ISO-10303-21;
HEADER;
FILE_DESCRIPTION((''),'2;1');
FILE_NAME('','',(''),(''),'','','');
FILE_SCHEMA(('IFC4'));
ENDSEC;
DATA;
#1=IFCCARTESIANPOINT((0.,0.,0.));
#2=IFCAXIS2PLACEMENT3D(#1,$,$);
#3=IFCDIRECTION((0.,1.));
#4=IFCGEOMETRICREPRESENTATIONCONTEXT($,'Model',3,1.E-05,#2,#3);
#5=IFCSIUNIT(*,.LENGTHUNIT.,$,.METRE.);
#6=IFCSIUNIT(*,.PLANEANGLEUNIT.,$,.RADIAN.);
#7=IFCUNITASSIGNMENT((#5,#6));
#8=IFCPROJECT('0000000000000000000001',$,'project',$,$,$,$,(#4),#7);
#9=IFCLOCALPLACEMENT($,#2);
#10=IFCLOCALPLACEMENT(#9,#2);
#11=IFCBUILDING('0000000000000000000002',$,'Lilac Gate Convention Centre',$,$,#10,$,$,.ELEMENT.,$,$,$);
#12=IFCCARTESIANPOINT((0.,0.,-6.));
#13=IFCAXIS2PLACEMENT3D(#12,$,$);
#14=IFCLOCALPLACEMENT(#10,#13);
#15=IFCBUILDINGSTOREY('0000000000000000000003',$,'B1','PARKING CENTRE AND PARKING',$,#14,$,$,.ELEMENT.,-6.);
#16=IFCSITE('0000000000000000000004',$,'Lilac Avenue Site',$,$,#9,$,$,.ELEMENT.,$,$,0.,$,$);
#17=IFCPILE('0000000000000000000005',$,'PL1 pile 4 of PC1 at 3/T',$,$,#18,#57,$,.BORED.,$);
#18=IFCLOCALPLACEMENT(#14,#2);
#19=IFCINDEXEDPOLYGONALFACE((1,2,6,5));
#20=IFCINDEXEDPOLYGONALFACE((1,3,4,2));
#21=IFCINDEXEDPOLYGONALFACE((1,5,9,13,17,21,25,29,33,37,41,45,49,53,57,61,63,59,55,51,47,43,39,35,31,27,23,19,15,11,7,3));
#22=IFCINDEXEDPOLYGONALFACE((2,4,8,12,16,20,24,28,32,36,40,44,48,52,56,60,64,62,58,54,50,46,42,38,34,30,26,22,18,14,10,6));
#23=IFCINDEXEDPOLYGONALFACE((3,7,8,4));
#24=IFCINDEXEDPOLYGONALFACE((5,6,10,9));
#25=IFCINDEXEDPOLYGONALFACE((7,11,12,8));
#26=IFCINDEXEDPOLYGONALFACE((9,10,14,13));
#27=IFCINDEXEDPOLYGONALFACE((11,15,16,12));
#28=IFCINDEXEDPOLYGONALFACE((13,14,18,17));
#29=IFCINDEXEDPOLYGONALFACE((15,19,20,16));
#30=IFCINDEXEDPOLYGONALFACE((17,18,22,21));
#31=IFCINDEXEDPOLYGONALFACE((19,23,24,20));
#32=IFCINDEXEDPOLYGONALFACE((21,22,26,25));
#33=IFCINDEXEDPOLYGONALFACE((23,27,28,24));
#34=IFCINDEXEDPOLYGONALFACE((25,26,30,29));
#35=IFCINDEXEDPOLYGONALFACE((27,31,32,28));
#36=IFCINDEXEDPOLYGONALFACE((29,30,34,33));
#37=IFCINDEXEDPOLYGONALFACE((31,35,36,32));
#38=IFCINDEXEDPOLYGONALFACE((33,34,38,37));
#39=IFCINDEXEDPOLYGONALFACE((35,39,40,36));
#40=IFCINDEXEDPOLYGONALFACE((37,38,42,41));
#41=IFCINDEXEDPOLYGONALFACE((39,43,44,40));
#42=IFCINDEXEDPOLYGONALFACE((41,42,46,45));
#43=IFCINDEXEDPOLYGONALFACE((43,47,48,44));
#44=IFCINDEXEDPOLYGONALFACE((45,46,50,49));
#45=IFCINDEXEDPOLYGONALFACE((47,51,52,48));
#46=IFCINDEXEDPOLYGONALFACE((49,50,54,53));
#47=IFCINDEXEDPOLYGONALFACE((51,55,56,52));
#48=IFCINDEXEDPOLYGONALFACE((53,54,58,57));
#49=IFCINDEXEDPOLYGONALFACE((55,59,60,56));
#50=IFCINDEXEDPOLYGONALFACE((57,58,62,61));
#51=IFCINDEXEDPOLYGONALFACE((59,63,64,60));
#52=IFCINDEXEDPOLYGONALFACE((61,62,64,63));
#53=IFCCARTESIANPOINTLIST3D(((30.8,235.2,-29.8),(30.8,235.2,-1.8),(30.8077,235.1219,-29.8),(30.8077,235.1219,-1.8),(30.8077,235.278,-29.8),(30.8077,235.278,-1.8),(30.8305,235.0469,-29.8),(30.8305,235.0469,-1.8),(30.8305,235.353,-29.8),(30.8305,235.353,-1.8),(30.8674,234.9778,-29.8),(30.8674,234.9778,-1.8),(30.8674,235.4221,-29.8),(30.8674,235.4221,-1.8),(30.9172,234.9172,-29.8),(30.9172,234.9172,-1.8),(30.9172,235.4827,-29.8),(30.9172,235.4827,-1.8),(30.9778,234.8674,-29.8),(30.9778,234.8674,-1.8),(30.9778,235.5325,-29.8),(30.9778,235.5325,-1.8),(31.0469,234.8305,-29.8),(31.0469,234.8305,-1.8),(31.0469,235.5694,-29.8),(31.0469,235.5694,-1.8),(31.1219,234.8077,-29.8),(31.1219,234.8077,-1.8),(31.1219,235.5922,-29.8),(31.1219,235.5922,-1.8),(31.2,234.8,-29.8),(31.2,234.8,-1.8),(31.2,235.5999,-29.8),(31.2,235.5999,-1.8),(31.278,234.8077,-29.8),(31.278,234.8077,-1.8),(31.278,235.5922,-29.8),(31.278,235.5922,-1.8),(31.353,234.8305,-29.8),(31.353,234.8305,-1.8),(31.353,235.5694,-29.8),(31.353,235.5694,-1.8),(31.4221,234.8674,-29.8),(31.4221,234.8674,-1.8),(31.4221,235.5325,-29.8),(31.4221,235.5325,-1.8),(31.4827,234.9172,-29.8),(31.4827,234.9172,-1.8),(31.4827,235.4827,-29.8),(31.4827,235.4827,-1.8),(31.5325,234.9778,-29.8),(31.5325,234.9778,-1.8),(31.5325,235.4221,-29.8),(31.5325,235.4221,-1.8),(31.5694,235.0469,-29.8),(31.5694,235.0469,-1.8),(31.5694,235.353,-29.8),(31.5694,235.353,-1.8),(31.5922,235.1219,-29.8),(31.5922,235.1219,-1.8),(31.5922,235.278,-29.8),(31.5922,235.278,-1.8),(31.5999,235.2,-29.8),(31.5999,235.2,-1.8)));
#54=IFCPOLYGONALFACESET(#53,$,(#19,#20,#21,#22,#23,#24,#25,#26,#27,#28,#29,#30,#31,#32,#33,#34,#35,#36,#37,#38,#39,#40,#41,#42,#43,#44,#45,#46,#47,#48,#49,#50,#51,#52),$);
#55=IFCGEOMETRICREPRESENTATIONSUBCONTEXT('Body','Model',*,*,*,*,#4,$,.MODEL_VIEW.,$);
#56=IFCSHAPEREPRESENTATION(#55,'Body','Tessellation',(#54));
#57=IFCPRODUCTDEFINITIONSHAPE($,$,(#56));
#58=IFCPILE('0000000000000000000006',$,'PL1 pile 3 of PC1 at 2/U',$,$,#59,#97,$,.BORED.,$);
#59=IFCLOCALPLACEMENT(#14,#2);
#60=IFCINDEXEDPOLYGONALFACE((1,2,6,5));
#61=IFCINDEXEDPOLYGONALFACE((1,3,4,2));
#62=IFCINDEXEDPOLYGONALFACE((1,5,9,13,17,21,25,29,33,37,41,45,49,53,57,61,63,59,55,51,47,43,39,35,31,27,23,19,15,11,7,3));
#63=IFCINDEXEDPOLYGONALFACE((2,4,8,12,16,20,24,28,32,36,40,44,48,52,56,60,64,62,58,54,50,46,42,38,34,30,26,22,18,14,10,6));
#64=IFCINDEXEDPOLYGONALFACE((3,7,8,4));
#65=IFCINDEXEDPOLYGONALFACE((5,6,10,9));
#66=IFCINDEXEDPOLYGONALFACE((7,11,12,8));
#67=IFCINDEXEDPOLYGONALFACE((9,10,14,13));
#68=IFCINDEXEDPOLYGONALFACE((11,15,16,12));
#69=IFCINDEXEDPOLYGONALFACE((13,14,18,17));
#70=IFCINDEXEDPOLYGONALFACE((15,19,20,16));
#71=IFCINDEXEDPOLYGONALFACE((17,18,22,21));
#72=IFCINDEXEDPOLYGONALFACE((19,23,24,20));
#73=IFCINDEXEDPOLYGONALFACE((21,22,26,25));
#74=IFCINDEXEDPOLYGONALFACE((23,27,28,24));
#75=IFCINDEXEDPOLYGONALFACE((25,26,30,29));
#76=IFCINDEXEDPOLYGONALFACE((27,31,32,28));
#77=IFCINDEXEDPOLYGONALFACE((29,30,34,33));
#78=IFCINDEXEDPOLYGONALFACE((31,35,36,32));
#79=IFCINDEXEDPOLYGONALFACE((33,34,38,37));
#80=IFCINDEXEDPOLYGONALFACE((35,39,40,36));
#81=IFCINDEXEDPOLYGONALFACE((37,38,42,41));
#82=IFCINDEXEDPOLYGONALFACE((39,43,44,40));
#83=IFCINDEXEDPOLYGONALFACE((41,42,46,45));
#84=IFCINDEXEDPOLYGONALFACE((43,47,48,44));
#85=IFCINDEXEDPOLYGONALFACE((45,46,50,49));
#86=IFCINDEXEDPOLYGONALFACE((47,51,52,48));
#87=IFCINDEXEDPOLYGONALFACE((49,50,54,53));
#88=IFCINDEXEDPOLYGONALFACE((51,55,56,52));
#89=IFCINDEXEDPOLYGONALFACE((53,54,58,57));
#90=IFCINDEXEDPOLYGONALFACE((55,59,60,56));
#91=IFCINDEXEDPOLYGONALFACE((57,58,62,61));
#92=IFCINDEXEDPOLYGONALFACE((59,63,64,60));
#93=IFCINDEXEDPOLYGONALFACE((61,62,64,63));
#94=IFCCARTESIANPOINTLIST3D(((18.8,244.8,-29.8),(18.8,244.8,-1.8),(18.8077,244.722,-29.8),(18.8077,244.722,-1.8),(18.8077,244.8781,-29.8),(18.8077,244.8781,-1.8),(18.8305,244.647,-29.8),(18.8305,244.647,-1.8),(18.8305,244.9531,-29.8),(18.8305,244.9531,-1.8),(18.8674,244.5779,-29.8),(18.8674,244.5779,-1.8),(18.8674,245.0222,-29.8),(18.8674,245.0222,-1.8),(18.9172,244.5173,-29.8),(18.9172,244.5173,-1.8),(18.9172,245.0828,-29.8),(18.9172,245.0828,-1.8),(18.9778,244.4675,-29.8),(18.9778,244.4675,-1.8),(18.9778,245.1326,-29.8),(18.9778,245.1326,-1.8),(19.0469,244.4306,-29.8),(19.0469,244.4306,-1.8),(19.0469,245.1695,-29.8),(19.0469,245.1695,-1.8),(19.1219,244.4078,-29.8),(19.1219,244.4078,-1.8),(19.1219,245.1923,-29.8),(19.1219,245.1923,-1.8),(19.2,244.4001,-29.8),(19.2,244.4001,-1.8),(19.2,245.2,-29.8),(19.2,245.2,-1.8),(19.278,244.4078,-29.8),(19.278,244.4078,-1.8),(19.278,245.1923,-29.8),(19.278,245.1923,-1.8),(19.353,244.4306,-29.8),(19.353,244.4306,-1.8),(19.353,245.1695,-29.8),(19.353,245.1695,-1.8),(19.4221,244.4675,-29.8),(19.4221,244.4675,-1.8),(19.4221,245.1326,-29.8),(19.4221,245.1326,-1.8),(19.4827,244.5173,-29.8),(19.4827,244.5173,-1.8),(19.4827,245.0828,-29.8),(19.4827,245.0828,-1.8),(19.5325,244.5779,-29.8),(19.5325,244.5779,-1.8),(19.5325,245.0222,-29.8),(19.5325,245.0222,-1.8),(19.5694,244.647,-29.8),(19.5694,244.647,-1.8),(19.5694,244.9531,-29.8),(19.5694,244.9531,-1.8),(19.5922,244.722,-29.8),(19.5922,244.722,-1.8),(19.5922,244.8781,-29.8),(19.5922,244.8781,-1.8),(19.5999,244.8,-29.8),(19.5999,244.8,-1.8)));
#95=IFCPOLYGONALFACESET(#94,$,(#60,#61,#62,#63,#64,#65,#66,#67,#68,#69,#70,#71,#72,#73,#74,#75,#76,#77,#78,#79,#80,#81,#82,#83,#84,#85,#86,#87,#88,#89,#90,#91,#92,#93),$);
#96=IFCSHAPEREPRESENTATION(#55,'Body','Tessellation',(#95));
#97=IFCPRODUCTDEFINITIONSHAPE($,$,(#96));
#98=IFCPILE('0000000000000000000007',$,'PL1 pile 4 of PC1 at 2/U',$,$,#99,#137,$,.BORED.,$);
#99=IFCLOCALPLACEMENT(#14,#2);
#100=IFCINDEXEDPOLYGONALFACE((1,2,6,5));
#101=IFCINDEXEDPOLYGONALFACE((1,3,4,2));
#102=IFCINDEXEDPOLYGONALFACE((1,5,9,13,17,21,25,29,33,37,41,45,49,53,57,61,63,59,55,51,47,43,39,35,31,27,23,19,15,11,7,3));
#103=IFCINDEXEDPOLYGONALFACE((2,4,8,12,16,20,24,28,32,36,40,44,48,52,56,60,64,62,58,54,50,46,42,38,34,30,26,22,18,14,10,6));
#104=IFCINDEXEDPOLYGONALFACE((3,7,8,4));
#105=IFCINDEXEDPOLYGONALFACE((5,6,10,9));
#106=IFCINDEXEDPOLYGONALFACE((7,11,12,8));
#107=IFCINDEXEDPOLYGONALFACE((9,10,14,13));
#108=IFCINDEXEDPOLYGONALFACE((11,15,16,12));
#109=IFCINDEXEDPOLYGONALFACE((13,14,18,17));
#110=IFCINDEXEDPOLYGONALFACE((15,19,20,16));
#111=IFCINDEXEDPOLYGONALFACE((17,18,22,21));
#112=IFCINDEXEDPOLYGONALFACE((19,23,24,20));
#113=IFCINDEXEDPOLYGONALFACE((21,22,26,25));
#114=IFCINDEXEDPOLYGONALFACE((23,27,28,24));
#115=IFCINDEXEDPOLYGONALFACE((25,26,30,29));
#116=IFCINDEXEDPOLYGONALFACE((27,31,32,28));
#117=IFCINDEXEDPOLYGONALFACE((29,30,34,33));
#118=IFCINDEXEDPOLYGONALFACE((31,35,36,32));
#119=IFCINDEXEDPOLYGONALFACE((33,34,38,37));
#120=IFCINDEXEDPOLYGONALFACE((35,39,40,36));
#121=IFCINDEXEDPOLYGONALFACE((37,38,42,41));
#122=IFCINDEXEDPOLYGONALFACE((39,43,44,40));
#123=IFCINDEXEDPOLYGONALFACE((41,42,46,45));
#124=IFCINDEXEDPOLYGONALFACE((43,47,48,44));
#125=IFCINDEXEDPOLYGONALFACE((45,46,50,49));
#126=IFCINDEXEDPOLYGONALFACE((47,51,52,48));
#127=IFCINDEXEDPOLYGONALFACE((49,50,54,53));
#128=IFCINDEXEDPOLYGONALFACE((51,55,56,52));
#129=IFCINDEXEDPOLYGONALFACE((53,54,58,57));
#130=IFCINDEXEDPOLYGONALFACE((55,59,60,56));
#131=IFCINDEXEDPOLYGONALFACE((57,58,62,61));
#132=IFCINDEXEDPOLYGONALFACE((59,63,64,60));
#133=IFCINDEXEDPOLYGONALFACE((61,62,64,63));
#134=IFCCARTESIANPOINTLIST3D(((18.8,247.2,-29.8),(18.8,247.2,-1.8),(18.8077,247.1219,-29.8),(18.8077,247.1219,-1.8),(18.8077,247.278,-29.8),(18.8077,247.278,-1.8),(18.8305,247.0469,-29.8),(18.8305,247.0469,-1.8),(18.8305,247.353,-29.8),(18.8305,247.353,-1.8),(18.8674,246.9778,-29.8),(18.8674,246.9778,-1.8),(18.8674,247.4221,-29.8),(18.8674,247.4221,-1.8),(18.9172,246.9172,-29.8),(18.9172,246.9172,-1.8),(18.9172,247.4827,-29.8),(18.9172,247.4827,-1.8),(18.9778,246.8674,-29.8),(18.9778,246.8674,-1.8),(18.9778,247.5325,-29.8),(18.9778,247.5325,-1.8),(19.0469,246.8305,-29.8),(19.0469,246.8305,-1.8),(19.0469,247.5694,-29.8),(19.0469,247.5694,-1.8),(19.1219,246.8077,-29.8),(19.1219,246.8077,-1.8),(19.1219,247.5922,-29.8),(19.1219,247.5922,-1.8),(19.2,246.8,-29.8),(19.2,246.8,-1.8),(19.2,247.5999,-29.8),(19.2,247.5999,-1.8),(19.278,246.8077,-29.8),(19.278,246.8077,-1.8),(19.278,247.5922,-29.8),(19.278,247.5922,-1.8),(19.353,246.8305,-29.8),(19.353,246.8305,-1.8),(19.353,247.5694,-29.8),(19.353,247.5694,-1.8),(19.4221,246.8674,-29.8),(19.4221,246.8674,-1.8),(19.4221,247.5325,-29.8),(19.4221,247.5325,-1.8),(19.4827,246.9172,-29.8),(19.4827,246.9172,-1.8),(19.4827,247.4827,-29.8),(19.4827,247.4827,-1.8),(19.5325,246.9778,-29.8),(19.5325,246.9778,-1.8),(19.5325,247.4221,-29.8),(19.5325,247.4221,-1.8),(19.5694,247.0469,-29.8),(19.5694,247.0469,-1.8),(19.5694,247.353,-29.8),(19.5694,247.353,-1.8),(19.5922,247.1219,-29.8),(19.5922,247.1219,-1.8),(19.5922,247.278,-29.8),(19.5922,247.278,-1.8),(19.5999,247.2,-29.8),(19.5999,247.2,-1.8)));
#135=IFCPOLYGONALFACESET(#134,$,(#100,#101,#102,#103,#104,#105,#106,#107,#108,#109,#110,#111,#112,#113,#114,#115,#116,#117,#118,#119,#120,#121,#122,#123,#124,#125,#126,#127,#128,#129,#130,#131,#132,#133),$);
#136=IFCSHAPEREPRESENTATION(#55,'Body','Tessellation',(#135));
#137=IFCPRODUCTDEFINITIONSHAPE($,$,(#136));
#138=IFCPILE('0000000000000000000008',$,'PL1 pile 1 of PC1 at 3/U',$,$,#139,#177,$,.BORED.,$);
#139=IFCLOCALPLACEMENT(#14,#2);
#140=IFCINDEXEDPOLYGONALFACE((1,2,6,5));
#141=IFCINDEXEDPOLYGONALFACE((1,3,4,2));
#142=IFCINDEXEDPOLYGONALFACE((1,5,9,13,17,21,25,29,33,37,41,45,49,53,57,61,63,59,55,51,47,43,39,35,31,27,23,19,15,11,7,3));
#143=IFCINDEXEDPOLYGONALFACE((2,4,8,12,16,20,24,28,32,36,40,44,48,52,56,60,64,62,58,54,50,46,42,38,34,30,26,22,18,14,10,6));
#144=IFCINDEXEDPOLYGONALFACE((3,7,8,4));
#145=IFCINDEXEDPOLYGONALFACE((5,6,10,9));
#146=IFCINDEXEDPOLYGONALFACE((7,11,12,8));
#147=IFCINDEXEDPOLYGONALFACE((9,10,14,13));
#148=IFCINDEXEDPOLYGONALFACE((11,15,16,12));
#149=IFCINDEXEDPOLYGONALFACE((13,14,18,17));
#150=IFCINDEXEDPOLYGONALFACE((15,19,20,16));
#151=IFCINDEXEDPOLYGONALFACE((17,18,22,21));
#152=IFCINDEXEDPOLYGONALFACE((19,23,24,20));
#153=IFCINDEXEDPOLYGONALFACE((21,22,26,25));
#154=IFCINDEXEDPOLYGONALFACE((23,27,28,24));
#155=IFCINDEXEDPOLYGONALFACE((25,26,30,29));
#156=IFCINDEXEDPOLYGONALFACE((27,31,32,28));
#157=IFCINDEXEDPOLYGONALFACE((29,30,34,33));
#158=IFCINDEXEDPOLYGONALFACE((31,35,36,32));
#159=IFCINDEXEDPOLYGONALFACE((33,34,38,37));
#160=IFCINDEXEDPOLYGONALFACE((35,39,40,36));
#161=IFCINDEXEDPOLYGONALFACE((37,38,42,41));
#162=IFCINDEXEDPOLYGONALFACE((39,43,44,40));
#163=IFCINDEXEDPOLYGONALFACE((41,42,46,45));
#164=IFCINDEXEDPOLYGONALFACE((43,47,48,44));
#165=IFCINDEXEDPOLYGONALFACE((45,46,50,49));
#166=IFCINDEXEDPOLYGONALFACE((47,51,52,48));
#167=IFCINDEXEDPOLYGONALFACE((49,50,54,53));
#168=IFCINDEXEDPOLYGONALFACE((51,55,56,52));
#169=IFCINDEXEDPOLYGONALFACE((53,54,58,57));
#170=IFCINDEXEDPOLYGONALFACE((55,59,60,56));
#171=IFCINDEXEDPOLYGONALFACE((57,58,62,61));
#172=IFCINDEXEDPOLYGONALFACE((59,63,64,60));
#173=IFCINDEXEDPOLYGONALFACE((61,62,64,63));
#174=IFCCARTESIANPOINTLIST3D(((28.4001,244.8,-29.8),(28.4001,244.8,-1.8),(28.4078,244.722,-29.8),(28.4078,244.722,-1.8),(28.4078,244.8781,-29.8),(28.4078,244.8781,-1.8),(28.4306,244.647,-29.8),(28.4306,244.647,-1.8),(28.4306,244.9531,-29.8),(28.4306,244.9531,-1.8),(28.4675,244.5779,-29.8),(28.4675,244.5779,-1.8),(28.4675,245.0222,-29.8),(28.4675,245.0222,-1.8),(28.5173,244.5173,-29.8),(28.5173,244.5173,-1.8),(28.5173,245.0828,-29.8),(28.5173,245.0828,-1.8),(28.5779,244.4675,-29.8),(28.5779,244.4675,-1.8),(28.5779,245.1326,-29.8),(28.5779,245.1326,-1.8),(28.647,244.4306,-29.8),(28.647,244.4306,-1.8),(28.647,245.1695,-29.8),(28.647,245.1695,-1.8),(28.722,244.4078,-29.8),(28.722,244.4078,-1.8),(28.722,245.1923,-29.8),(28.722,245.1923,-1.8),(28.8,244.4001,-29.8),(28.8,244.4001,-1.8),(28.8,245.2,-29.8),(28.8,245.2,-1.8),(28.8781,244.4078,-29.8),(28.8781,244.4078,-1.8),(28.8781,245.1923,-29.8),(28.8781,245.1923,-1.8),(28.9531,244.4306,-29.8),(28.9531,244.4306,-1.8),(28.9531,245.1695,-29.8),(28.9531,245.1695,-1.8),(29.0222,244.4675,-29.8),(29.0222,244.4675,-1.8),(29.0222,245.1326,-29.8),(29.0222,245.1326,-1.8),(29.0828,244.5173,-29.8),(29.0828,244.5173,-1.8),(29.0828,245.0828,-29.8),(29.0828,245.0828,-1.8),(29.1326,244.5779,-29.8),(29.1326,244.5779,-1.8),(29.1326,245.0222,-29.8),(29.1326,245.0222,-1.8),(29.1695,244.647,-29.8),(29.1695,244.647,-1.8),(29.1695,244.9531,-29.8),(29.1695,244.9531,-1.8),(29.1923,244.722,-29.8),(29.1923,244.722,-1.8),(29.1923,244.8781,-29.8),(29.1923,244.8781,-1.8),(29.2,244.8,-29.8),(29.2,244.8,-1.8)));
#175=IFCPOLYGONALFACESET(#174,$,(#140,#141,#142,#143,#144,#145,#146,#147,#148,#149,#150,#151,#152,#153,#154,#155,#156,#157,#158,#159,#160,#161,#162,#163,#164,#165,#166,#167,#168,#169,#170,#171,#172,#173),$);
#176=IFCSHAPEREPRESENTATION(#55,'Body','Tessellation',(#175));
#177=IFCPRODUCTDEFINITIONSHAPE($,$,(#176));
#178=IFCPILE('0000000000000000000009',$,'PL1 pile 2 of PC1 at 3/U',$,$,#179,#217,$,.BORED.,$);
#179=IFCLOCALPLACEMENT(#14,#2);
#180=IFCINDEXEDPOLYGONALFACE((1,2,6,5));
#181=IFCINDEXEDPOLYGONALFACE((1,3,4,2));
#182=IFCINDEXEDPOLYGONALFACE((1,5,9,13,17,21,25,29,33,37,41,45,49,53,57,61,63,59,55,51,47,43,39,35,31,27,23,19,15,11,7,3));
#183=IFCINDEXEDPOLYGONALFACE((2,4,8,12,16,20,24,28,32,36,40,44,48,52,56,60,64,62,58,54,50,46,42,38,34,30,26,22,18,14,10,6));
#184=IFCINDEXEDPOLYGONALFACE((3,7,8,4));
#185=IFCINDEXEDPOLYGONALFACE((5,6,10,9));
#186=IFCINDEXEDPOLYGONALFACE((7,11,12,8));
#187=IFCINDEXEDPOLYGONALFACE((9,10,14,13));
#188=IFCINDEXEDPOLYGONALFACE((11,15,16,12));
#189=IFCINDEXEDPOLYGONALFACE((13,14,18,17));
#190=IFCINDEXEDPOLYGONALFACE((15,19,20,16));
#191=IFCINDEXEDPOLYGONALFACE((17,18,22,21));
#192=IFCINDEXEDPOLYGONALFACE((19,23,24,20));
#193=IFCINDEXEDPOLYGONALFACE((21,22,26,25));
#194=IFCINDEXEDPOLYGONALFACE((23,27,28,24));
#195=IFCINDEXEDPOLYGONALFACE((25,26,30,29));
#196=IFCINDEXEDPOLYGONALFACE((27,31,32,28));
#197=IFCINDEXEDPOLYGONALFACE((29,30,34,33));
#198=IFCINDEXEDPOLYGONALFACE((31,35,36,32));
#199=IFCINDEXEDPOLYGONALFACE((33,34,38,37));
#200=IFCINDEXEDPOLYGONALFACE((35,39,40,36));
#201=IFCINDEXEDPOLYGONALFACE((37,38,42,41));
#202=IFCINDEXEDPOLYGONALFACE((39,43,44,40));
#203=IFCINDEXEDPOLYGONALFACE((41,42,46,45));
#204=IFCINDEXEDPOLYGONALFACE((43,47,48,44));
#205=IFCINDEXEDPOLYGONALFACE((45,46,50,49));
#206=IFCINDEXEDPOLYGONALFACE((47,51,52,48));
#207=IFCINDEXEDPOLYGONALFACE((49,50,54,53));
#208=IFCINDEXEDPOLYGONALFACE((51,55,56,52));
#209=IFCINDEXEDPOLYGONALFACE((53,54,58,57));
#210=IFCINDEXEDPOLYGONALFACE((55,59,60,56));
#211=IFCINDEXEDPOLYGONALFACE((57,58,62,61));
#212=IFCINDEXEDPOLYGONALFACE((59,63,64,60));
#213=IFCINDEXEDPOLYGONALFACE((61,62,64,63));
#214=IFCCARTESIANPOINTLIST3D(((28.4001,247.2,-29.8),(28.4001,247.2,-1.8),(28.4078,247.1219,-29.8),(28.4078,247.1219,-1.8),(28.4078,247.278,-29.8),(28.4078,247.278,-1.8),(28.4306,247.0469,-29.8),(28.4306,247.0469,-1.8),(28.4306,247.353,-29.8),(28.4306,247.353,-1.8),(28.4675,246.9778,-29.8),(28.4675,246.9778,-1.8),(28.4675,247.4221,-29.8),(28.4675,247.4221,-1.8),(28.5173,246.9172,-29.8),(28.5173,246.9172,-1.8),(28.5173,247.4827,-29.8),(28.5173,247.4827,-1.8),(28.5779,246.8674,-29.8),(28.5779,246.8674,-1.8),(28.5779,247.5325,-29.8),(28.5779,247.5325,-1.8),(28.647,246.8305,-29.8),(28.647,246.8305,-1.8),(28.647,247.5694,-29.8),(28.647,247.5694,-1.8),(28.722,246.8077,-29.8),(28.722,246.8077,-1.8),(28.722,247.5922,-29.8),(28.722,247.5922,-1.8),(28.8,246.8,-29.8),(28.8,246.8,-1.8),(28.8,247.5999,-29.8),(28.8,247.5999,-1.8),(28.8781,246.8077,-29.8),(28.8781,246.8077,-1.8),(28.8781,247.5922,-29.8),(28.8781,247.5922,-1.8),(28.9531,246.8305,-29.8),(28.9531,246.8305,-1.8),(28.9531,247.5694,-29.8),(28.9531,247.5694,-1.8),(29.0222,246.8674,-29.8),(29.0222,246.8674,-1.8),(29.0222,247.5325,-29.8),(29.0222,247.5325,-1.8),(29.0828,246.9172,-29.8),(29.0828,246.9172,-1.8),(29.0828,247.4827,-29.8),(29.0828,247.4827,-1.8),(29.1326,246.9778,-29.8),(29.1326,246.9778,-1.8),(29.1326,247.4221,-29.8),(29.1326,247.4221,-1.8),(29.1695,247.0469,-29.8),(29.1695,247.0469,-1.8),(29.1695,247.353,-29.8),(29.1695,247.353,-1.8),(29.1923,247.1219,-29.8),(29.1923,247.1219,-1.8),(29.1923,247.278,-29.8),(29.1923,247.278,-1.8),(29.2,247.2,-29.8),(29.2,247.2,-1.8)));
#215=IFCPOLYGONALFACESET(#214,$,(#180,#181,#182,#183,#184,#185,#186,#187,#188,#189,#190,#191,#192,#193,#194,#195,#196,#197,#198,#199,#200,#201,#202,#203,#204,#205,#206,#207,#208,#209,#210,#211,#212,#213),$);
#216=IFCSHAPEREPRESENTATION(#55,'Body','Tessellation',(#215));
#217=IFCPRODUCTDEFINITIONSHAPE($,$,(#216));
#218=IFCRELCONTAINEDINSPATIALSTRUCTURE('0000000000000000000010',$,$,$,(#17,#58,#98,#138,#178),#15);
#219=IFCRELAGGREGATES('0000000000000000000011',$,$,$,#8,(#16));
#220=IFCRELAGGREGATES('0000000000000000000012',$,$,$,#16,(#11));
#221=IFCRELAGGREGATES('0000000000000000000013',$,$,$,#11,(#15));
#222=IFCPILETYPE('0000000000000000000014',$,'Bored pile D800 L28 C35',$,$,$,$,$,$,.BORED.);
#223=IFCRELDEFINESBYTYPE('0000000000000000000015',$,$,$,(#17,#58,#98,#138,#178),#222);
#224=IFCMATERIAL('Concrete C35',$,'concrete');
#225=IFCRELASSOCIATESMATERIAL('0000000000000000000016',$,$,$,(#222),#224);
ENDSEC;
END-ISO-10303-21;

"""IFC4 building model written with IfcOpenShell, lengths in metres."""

from ifc_helpers import new_model, si_unit, direction, frame, origin, origin_2d, place, context, subcontext, project, spatial, circle, extrude, material, material_profile, profile_set, type_object, element, save


model = new_model("IFC4")

# Units and contexts
model_context = context("Model", 3, precision=1e-05, world=origin(), true_north=direction((0.0, 1.0)))
body_context = subcontext(model_context, "Body", "Model", "MODEL_VIEW")
ifc_project = project(units=[si_unit("LENGTHUNIT", "METRE"), si_unit("PLANEANGLEUNIT", "RADIAN")], contexts=[model_context])

# Site, building, storey
site_placement = place(None, origin())
site = spatial("IfcSite", under=ifc_project, at=site_placement, Name="Lilac Avenue Site", CompositionType="ELEMENT", RefElevation=0.0)
building_placement = place(site_placement, origin())
building = spatial("IfcBuilding", under=site, at=building_placement, Name="Lilac Gate Convention Centre", CompositionType="ELEMENT")
storey_placement = place(building_placement, frame((0.0, 0.0, -6.0)))
storey = spatial("IfcBuildingStorey", under=building, at=storey_placement, Name="B1", Description="PARKING CENTRE AND PARKING", CompositionType="ELEMENT", Elevation=-6.0)

# Piles
ifc_material_1 = material(Name="Concrete C35", Category="concrete")
ifc_material_profile_1 = material_profile(ifc_material_1, circle(Radius=0.3999, at=origin_2d()), Name="D800")
ifc_profile_set_1 = profile_set([ifc_material_profile_1], Name="Concrete C35")
pile_type_1 = type_object("IfcPileType", Name="Bored pile D800 L28 C35", PredefinedType="BORED", material=ifc_profile_set_1)
for number, where, z_axis, x_axis, name in (
    (1, (31.2, 235.2, -1.8), (0.0, 0.0, -1.0), (1.0, 0.0, 0.0), "PL1 pile 4 of PC1 at 3/T"),
    (2, (19.2, 244.8, -1.8), (0.0, 0.0, -1.0), (1.0, 0.0, 0.0), "PL1 pile 3 of PC1 at 2/U"),
    (3, (19.2, 247.2, -1.8), (0.0, 0.0, -1.0), (1.0, 0.0, 0.0), "PL1 pile 4 of PC1 at 2/U"),
    (4, (28.8, 244.8, -1.8), (0.0, 0.0, -1.0), (1.0, 0.0, 0.0), "PL1 pile 1 of PC1 at 3/U"),
    (5, (28.8, 247.2, -1.8), (0.0, 0.0, -1.0), (1.0, 0.0, 0.0), "PL1 pile 2 of PC1 at 3/U"),
):
    element("IfcPile", number, at=place(storey_placement, frame(where, z_axis=z_axis, x_axis=x_axis)), inside=storey, type_object=pile_type_1, Name=name, PredefinedType="BORED", context=body_context, shape_type="SweptSolid", body=[
        extrude(circle(Radius=0.3999, at=origin_2d()), origin(), (0.0, 0.0, 1.0), 28.0),
    ])

save(model, "model.ifc")
